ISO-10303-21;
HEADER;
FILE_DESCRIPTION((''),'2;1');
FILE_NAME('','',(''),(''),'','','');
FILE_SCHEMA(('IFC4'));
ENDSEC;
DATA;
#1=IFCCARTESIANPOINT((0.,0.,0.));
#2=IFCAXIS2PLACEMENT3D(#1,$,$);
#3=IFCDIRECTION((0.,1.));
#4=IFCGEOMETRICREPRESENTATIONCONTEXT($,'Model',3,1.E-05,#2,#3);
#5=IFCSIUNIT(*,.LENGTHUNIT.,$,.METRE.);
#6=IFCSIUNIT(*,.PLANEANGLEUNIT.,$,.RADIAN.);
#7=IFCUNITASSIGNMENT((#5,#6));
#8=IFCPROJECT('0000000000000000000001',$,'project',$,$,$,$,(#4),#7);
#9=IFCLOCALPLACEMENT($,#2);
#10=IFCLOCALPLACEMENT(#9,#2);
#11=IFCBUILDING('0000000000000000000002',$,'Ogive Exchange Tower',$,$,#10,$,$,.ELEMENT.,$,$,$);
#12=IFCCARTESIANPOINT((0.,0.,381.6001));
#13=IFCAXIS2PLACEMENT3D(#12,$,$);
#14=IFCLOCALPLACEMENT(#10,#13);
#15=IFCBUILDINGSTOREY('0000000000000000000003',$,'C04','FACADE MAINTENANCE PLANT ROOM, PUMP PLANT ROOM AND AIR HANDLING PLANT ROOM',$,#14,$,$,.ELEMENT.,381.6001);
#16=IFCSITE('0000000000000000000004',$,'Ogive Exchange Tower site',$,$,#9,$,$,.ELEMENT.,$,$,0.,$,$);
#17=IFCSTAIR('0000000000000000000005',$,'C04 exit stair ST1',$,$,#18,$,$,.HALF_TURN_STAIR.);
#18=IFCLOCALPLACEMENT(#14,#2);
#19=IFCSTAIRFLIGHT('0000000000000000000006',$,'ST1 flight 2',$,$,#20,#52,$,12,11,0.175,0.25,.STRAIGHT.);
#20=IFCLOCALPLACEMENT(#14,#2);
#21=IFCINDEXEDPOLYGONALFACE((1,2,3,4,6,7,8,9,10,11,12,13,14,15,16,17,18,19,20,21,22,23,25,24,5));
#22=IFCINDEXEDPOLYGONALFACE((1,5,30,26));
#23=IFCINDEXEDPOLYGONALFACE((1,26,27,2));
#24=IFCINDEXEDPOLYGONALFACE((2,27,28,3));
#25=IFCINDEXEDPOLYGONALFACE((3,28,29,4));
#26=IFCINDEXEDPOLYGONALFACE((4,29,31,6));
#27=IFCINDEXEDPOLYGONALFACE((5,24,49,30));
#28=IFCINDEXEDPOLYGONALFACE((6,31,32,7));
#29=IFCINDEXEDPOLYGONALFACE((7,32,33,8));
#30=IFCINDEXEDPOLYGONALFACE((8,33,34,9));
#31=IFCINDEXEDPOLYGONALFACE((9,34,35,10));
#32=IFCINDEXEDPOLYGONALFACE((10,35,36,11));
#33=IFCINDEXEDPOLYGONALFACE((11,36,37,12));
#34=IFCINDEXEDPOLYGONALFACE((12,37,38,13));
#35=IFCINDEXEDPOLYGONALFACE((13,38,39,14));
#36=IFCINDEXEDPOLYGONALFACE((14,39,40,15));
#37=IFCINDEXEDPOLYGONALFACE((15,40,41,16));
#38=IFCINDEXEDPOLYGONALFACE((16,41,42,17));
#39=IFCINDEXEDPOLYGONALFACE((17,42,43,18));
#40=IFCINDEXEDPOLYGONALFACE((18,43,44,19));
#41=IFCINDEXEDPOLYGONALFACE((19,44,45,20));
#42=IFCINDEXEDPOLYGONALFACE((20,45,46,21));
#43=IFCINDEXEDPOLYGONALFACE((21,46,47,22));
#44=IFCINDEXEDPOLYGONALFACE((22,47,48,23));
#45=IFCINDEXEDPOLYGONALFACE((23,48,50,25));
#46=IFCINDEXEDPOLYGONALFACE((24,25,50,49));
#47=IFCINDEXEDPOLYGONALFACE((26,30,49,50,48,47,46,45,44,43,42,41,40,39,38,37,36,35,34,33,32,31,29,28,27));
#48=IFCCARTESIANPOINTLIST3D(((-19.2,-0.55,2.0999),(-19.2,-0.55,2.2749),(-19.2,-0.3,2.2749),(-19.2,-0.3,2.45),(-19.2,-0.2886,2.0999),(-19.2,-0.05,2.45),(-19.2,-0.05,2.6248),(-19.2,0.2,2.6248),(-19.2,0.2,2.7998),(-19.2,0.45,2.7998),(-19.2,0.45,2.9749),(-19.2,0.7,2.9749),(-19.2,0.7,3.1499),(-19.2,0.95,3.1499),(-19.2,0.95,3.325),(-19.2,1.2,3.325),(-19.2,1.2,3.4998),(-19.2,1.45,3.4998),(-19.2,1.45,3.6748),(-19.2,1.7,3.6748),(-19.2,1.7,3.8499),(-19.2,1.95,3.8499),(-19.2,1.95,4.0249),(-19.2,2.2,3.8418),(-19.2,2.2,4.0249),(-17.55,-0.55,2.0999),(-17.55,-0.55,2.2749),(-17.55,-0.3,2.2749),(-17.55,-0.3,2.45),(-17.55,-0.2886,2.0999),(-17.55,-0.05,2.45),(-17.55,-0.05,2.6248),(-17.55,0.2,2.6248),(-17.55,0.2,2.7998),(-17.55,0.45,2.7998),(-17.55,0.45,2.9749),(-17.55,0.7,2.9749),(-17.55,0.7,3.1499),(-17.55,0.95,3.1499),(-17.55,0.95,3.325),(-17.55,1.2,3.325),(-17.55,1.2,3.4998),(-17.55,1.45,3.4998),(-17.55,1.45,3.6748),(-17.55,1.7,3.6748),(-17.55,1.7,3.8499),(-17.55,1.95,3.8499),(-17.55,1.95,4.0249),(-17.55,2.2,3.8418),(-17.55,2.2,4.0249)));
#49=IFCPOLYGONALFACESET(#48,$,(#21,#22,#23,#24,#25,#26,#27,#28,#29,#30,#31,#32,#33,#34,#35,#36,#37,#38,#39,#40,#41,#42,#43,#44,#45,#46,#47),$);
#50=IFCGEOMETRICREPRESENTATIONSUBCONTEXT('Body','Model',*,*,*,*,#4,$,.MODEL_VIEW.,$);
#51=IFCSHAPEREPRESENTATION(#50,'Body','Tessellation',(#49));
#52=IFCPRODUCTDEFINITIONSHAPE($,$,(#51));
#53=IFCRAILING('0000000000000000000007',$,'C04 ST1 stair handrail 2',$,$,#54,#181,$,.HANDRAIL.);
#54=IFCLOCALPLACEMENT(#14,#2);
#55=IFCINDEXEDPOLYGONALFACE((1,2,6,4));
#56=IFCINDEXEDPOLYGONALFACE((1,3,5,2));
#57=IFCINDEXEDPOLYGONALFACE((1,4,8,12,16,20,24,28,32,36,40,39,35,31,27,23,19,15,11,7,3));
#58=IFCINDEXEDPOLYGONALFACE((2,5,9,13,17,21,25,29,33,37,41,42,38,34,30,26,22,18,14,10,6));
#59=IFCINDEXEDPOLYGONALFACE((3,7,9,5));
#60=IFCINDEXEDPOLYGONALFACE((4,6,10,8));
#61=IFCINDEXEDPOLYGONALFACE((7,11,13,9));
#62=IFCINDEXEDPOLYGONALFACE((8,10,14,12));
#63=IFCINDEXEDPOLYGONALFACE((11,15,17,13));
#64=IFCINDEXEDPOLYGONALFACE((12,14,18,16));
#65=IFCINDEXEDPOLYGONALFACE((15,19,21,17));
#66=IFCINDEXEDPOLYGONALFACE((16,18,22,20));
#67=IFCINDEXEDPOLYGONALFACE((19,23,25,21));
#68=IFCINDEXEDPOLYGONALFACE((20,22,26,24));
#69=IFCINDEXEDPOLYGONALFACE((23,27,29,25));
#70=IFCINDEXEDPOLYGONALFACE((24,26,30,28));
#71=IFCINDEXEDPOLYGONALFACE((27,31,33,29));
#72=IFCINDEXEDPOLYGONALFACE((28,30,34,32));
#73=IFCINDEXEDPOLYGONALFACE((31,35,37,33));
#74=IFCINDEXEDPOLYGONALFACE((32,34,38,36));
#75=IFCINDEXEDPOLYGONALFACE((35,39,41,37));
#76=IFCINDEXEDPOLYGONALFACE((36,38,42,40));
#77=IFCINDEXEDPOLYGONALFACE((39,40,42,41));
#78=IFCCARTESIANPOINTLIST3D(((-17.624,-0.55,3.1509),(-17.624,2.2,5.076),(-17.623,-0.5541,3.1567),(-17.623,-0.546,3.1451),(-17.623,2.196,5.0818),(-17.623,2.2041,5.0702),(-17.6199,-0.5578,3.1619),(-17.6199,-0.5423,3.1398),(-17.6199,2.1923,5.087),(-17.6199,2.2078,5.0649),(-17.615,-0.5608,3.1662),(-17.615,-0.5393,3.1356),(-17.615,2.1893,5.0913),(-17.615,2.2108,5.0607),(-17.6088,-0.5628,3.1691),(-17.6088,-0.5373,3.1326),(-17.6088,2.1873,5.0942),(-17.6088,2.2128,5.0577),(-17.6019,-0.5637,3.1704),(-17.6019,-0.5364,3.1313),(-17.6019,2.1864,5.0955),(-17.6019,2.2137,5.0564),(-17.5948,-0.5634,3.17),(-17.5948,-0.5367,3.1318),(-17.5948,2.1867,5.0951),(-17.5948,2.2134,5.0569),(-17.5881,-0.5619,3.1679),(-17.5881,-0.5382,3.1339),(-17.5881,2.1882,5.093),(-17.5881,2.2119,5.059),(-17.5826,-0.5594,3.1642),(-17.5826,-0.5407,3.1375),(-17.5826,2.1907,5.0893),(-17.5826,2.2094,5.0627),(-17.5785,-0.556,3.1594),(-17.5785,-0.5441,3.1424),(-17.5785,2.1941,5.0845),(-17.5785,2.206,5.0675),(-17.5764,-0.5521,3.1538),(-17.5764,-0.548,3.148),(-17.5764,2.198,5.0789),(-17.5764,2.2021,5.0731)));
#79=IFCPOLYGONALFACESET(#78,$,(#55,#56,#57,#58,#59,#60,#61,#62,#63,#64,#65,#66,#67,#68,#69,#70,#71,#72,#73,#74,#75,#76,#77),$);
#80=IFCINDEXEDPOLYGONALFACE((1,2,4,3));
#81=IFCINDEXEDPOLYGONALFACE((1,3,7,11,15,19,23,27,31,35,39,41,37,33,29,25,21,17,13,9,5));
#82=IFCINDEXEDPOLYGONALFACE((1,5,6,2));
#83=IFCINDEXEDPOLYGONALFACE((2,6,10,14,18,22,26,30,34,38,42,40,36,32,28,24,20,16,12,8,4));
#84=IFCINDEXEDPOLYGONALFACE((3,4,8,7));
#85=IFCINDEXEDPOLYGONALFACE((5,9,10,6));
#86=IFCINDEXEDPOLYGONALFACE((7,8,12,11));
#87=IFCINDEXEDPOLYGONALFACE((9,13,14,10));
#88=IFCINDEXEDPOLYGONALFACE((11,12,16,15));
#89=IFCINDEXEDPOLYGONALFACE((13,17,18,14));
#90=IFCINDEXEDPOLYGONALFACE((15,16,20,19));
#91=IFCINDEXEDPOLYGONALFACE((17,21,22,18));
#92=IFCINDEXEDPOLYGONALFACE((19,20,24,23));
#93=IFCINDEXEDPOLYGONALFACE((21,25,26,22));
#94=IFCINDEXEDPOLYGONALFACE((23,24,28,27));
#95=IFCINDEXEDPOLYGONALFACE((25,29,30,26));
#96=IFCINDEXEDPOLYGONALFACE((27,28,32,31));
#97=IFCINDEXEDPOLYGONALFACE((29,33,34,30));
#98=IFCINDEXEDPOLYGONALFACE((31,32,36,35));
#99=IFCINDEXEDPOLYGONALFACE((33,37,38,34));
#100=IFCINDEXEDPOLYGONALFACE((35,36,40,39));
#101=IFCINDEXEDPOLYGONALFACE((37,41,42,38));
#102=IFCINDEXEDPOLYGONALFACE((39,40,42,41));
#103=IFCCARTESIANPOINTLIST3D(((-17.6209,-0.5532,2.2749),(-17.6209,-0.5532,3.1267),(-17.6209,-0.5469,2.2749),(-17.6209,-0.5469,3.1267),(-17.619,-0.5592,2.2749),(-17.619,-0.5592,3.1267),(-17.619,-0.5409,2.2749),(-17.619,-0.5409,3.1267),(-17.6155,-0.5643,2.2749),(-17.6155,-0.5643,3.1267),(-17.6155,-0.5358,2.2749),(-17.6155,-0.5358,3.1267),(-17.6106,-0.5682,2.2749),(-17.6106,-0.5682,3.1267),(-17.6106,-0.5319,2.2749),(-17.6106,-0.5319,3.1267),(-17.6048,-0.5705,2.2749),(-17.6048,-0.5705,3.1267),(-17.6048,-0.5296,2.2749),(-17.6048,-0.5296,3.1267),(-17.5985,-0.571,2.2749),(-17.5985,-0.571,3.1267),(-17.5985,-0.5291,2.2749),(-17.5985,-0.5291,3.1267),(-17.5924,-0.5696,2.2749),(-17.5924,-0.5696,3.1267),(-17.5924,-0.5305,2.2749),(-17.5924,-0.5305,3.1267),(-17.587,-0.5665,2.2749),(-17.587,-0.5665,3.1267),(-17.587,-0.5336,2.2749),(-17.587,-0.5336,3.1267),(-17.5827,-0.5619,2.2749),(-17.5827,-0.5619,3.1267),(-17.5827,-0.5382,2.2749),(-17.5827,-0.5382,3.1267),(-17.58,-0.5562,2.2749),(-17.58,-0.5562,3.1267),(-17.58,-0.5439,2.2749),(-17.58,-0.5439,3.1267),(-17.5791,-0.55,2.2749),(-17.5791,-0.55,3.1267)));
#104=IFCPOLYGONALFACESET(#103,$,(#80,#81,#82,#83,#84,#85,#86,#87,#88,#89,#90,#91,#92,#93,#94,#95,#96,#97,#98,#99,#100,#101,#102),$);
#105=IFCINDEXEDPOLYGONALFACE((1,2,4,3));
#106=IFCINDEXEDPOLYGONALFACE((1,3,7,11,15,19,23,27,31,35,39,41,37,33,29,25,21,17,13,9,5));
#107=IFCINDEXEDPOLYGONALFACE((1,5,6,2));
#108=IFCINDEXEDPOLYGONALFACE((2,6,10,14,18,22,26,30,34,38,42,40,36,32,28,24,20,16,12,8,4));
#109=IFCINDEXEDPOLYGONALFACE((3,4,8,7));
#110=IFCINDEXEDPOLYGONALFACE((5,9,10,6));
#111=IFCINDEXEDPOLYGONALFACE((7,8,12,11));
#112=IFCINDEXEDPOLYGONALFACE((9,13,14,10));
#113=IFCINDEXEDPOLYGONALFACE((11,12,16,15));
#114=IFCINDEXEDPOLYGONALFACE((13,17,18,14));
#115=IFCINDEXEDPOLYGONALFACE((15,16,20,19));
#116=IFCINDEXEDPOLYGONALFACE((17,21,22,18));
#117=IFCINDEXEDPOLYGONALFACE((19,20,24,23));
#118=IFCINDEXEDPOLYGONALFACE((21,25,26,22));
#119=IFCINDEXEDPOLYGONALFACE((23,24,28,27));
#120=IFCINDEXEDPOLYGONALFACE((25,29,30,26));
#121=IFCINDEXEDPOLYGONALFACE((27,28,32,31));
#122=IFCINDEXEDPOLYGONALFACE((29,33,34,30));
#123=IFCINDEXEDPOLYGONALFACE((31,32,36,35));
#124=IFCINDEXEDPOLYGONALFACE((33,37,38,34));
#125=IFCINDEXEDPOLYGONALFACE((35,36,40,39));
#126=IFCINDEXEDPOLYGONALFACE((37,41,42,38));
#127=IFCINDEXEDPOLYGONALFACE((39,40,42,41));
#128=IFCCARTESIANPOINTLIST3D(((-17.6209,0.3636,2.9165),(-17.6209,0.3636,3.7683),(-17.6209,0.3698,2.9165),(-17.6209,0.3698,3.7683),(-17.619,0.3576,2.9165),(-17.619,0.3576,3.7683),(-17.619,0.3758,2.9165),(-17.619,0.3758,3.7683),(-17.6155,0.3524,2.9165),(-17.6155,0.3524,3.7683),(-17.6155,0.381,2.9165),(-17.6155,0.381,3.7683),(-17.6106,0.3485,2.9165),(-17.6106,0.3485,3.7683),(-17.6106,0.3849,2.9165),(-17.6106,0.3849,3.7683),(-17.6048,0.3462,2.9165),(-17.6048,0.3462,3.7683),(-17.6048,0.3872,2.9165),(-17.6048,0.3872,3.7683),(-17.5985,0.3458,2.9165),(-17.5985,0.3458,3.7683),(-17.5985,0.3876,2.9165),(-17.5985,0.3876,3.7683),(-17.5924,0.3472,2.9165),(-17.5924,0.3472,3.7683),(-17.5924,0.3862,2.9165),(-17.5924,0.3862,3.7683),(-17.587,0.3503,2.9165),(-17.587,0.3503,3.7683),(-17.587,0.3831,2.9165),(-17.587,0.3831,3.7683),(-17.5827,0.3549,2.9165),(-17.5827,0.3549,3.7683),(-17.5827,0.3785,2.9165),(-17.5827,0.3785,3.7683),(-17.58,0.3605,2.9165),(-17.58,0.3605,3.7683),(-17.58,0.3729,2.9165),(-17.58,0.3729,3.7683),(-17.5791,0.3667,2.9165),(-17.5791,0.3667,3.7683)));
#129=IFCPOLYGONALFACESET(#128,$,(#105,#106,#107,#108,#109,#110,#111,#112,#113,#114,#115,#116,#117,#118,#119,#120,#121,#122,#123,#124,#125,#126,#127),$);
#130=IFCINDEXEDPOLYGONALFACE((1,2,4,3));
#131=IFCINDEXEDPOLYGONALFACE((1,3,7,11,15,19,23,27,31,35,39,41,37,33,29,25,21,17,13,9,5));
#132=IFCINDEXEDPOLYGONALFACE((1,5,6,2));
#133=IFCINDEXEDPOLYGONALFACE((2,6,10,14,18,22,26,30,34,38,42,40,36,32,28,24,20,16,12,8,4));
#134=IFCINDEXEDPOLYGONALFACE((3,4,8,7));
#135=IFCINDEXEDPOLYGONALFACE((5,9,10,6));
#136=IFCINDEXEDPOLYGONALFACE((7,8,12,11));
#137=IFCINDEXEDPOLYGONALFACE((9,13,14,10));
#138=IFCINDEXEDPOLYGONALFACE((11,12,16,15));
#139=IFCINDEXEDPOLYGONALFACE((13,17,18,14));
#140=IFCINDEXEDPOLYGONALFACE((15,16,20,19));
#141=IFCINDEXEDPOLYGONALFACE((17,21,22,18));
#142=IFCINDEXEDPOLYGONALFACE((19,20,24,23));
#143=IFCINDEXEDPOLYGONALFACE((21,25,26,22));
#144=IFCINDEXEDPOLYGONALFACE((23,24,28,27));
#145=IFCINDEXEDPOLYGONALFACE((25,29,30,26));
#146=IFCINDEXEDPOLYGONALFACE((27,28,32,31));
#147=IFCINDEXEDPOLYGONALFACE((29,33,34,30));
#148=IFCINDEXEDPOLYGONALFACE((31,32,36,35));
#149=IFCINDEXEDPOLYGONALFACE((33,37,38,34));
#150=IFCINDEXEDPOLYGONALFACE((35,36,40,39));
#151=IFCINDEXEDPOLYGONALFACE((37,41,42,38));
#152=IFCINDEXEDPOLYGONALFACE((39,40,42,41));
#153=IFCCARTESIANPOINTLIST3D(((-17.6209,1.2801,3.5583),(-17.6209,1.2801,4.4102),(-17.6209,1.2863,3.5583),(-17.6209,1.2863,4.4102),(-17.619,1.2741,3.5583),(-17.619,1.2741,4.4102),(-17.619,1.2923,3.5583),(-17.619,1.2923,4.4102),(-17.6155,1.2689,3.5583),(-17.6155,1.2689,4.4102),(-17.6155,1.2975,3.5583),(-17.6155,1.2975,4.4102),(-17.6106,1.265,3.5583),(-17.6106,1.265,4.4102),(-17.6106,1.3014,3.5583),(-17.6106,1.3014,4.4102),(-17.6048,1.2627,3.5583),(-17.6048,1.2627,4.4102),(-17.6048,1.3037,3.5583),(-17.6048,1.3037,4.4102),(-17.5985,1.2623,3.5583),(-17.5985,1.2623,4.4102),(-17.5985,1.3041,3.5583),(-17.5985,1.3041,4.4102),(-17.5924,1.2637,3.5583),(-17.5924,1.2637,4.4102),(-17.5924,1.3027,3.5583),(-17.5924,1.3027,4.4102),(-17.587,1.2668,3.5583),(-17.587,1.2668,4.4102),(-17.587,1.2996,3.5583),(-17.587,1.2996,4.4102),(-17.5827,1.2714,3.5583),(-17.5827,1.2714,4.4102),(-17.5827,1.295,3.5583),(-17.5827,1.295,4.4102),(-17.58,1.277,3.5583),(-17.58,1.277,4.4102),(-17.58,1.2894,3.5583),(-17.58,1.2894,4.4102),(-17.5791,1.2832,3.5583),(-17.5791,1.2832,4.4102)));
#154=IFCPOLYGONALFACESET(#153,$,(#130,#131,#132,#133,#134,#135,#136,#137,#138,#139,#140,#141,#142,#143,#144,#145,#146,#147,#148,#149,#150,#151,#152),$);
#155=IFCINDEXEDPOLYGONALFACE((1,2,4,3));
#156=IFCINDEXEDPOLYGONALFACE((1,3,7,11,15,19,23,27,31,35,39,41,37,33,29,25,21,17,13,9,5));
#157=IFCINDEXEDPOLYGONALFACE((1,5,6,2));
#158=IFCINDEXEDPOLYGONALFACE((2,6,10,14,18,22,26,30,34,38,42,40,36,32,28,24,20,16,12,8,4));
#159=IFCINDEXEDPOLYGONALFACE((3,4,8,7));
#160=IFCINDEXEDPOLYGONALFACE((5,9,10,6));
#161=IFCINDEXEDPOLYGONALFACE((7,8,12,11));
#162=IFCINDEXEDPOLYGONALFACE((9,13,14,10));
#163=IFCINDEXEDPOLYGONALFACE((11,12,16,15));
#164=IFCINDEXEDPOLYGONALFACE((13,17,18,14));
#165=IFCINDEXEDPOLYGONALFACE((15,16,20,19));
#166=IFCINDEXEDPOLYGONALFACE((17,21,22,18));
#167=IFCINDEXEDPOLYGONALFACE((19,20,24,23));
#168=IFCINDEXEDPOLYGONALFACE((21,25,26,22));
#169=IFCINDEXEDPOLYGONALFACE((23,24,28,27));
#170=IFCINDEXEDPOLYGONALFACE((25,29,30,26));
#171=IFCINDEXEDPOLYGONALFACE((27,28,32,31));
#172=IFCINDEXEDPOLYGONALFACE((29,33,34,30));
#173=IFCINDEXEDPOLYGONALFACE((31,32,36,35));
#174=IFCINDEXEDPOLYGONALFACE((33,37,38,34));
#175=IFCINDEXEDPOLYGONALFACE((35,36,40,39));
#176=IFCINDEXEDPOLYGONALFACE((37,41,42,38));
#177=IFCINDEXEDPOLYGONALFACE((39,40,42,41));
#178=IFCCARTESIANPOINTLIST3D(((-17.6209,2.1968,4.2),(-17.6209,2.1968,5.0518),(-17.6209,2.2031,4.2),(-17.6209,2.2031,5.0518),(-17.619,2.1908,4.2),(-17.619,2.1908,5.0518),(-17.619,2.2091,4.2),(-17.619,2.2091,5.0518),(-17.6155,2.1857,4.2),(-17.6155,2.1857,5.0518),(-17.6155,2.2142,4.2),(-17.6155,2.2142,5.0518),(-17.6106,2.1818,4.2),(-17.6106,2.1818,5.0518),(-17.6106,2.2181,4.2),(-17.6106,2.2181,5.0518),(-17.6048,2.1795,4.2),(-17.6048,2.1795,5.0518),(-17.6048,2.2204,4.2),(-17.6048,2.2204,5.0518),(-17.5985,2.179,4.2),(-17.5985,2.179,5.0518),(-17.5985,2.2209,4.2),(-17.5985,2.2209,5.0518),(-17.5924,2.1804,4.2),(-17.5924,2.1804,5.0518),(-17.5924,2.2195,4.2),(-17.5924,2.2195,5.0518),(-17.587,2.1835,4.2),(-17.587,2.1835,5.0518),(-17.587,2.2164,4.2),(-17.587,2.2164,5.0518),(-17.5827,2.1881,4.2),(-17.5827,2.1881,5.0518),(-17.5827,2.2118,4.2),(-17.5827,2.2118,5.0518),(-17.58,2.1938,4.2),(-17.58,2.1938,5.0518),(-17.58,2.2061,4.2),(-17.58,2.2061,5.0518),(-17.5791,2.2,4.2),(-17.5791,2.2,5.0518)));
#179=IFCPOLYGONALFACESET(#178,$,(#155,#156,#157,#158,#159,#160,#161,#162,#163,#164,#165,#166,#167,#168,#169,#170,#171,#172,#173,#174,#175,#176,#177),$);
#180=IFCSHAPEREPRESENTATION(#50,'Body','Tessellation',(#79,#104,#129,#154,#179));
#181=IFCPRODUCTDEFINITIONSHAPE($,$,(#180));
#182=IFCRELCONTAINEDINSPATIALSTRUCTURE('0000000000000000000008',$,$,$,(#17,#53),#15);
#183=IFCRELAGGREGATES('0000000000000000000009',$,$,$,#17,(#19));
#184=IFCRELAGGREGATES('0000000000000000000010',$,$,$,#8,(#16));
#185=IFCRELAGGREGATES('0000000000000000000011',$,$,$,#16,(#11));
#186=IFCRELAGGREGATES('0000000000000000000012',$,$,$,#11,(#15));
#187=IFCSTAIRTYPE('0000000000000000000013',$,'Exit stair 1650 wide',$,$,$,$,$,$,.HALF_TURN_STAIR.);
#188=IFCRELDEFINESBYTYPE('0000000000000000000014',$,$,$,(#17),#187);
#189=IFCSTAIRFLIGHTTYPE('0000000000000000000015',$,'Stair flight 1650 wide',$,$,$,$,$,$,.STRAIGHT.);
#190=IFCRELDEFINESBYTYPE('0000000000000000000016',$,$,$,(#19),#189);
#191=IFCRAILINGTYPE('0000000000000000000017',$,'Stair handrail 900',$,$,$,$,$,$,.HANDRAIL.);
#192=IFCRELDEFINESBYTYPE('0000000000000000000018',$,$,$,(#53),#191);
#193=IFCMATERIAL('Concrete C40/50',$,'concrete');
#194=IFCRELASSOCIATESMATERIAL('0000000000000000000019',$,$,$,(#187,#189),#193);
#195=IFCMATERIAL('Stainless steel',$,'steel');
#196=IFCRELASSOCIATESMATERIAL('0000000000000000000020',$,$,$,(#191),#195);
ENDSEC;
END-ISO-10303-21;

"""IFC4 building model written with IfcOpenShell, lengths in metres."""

from ifc_helpers import new_model, si_unit, direction, frame, origin, origin_2d, place, context, subcontext, project, spatial, polyline, circle, outline, extrude, material, type_object, element, aggregate, save


model = new_model("IFC4")

# Units and contexts
model_context = context("Model", 3, precision=1e-05, world=origin(), true_north=direction((0.0, 1.0)))
body_context = subcontext(model_context, "Body", "Model", "MODEL_VIEW")
ifc_project = project(units=[si_unit("LENGTHUNIT", "METRE"), si_unit("PLANEANGLEUNIT", "RADIAN")], contexts=[model_context])

# Site, building, storey
site_placement = place(None, origin())
site = spatial("IfcSite", under=ifc_project, at=site_placement, Name="Ogive Exchange Tower site", CompositionType="ELEMENT", RefElevation=0.0)
building_placement = place(site_placement, origin())
building = spatial("IfcBuilding", under=site, at=building_placement, Name="Ogive Exchange Tower", CompositionType="ELEMENT")
storey_placement = place(building_placement, frame((0.0, 0.0, 381.6001)))
storey = spatial("IfcBuildingStorey", under=building, at=storey_placement, Name="C04", Description="FACADE MAINTENANCE PLANT ROOM, PUMP PLANT ROOM AND AIR HANDLING PLANT ROOM", CompositionType="ELEMENT", Elevation=381.6001)

# Shared definitions
ifc_material_1 = material(Name="Stainless steel", Category="steel")

# Stair, stair flight
ifc_material_2 = material(Name="Concrete C40/50", Category="concrete")
stair_type = type_object("IfcStairType", Name="Exit stair 1650 wide", PredefinedType="HALF_TURN_STAIR", material=ifc_material_2)
stair_placement = place(storey_placement, origin())
stair = element("IfcStair", 1, at=stair_placement, inside=storey, type_object=stair_type, Name="C04 exit stair ST1", PredefinedType="HALF_TURN_STAIR")
stair_flight_type = type_object("IfcStairFlightType", Name="Stair flight 1650 wide", PredefinedType="STRAIGHT", material=ifc_material_2)
stair_flight_1_placement = place(storey_placement, frame((-18.375, -0.55, 2.0999), z_axis=(0.0, 0.0, 1.0), x_axis=(0.0, 1.0, 0.0)))
stair_flight_1 = element("IfcStairFlight", 2, at=stair_flight_1_placement, type_object=stair_flight_type, Name="ST1 flight 2", NumberOfRisers=12, NumberOfTreads=11, PredefinedType="STRAIGHT", RiserHeight=0.175, TreadLength=0.25, context=body_context, shape_type="SweptSolid", body=[
    extrude(outline(polyline([(0.0, 0.0), (0.0, 0.175), (0.25, 0.175), (0.25, 0.3501), (0.5, 0.3501), (0.5, 0.5249), (0.75, 0.5249), (0.75, 0.7), (1.0, 0.7), (1.0, 0.875), (1.25, 0.875), (1.25, 1.05), (1.5, 1.05), (1.5, 1.2251), (1.75, 1.2251), (1.75, 1.3999), (2.0, 1.3999), (2.0, 1.575), (2.25, 1.575), (2.25, 1.75), (2.5, 1.75), (2.5, 1.925), (2.75, 1.925), (2.75, 2.1001), (2.75, 1.7419), (0.2615, 0.0), (0.0, 0.0)])), frame((0.0, 0.825, 0.0), z_axis=(0.0, -1.0, 0.0), x_axis=(1.0, 0.0, 0.0)), (0.0, 0.0, 1.0), 1.6499),
])
aggregate(stair, [stair_flight_1])

# Railing
railing_type = type_object("IfcRailingType", Name="Stair handrail 900", PredefinedType="HANDRAIL", material=ifc_material_1)
railing_placement = place(storey_placement, frame((-17.6001, -0.55, 2.2749)))
element("IfcRailing", 3, at=railing_placement, inside=storey, type_object=railing_type, Name="C04 ST1 stair handrail 2", PredefinedType="HANDRAIL", context=body_context, shape_type="SweptSolid", body=[
    extrude(circle(Radius=0.0239, at=origin_2d()), frame((0.0, 0.0, 0.876), z_axis=(0.0, 0.819225, 0.573472), x_axis=(-1.0, 0.0, 0.0)), (0.0, 0.0, 1.0), 3.3569),
    extrude(circle(Radius=0.021, at=origin_2d()), origin(), (0.0, 0.0, 1.0), 0.8518),
    extrude(circle(Radius=0.021, at=origin_2d()), frame((0.0, 0.9167, 0.6416)), (0.0, 0.0, 1.0), 0.8518),
    extrude(circle(Radius=0.021, at=origin_2d()), frame((0.0, 1.8333, 1.2834)), (0.0, 0.0, 1.0), 0.8518),
    extrude(circle(Radius=0.021, at=origin_2d()), frame((0.0, 2.75, 1.925)), (0.0, 0.0, 1.0), 0.8518),
])

save(model, "model.ifc")
